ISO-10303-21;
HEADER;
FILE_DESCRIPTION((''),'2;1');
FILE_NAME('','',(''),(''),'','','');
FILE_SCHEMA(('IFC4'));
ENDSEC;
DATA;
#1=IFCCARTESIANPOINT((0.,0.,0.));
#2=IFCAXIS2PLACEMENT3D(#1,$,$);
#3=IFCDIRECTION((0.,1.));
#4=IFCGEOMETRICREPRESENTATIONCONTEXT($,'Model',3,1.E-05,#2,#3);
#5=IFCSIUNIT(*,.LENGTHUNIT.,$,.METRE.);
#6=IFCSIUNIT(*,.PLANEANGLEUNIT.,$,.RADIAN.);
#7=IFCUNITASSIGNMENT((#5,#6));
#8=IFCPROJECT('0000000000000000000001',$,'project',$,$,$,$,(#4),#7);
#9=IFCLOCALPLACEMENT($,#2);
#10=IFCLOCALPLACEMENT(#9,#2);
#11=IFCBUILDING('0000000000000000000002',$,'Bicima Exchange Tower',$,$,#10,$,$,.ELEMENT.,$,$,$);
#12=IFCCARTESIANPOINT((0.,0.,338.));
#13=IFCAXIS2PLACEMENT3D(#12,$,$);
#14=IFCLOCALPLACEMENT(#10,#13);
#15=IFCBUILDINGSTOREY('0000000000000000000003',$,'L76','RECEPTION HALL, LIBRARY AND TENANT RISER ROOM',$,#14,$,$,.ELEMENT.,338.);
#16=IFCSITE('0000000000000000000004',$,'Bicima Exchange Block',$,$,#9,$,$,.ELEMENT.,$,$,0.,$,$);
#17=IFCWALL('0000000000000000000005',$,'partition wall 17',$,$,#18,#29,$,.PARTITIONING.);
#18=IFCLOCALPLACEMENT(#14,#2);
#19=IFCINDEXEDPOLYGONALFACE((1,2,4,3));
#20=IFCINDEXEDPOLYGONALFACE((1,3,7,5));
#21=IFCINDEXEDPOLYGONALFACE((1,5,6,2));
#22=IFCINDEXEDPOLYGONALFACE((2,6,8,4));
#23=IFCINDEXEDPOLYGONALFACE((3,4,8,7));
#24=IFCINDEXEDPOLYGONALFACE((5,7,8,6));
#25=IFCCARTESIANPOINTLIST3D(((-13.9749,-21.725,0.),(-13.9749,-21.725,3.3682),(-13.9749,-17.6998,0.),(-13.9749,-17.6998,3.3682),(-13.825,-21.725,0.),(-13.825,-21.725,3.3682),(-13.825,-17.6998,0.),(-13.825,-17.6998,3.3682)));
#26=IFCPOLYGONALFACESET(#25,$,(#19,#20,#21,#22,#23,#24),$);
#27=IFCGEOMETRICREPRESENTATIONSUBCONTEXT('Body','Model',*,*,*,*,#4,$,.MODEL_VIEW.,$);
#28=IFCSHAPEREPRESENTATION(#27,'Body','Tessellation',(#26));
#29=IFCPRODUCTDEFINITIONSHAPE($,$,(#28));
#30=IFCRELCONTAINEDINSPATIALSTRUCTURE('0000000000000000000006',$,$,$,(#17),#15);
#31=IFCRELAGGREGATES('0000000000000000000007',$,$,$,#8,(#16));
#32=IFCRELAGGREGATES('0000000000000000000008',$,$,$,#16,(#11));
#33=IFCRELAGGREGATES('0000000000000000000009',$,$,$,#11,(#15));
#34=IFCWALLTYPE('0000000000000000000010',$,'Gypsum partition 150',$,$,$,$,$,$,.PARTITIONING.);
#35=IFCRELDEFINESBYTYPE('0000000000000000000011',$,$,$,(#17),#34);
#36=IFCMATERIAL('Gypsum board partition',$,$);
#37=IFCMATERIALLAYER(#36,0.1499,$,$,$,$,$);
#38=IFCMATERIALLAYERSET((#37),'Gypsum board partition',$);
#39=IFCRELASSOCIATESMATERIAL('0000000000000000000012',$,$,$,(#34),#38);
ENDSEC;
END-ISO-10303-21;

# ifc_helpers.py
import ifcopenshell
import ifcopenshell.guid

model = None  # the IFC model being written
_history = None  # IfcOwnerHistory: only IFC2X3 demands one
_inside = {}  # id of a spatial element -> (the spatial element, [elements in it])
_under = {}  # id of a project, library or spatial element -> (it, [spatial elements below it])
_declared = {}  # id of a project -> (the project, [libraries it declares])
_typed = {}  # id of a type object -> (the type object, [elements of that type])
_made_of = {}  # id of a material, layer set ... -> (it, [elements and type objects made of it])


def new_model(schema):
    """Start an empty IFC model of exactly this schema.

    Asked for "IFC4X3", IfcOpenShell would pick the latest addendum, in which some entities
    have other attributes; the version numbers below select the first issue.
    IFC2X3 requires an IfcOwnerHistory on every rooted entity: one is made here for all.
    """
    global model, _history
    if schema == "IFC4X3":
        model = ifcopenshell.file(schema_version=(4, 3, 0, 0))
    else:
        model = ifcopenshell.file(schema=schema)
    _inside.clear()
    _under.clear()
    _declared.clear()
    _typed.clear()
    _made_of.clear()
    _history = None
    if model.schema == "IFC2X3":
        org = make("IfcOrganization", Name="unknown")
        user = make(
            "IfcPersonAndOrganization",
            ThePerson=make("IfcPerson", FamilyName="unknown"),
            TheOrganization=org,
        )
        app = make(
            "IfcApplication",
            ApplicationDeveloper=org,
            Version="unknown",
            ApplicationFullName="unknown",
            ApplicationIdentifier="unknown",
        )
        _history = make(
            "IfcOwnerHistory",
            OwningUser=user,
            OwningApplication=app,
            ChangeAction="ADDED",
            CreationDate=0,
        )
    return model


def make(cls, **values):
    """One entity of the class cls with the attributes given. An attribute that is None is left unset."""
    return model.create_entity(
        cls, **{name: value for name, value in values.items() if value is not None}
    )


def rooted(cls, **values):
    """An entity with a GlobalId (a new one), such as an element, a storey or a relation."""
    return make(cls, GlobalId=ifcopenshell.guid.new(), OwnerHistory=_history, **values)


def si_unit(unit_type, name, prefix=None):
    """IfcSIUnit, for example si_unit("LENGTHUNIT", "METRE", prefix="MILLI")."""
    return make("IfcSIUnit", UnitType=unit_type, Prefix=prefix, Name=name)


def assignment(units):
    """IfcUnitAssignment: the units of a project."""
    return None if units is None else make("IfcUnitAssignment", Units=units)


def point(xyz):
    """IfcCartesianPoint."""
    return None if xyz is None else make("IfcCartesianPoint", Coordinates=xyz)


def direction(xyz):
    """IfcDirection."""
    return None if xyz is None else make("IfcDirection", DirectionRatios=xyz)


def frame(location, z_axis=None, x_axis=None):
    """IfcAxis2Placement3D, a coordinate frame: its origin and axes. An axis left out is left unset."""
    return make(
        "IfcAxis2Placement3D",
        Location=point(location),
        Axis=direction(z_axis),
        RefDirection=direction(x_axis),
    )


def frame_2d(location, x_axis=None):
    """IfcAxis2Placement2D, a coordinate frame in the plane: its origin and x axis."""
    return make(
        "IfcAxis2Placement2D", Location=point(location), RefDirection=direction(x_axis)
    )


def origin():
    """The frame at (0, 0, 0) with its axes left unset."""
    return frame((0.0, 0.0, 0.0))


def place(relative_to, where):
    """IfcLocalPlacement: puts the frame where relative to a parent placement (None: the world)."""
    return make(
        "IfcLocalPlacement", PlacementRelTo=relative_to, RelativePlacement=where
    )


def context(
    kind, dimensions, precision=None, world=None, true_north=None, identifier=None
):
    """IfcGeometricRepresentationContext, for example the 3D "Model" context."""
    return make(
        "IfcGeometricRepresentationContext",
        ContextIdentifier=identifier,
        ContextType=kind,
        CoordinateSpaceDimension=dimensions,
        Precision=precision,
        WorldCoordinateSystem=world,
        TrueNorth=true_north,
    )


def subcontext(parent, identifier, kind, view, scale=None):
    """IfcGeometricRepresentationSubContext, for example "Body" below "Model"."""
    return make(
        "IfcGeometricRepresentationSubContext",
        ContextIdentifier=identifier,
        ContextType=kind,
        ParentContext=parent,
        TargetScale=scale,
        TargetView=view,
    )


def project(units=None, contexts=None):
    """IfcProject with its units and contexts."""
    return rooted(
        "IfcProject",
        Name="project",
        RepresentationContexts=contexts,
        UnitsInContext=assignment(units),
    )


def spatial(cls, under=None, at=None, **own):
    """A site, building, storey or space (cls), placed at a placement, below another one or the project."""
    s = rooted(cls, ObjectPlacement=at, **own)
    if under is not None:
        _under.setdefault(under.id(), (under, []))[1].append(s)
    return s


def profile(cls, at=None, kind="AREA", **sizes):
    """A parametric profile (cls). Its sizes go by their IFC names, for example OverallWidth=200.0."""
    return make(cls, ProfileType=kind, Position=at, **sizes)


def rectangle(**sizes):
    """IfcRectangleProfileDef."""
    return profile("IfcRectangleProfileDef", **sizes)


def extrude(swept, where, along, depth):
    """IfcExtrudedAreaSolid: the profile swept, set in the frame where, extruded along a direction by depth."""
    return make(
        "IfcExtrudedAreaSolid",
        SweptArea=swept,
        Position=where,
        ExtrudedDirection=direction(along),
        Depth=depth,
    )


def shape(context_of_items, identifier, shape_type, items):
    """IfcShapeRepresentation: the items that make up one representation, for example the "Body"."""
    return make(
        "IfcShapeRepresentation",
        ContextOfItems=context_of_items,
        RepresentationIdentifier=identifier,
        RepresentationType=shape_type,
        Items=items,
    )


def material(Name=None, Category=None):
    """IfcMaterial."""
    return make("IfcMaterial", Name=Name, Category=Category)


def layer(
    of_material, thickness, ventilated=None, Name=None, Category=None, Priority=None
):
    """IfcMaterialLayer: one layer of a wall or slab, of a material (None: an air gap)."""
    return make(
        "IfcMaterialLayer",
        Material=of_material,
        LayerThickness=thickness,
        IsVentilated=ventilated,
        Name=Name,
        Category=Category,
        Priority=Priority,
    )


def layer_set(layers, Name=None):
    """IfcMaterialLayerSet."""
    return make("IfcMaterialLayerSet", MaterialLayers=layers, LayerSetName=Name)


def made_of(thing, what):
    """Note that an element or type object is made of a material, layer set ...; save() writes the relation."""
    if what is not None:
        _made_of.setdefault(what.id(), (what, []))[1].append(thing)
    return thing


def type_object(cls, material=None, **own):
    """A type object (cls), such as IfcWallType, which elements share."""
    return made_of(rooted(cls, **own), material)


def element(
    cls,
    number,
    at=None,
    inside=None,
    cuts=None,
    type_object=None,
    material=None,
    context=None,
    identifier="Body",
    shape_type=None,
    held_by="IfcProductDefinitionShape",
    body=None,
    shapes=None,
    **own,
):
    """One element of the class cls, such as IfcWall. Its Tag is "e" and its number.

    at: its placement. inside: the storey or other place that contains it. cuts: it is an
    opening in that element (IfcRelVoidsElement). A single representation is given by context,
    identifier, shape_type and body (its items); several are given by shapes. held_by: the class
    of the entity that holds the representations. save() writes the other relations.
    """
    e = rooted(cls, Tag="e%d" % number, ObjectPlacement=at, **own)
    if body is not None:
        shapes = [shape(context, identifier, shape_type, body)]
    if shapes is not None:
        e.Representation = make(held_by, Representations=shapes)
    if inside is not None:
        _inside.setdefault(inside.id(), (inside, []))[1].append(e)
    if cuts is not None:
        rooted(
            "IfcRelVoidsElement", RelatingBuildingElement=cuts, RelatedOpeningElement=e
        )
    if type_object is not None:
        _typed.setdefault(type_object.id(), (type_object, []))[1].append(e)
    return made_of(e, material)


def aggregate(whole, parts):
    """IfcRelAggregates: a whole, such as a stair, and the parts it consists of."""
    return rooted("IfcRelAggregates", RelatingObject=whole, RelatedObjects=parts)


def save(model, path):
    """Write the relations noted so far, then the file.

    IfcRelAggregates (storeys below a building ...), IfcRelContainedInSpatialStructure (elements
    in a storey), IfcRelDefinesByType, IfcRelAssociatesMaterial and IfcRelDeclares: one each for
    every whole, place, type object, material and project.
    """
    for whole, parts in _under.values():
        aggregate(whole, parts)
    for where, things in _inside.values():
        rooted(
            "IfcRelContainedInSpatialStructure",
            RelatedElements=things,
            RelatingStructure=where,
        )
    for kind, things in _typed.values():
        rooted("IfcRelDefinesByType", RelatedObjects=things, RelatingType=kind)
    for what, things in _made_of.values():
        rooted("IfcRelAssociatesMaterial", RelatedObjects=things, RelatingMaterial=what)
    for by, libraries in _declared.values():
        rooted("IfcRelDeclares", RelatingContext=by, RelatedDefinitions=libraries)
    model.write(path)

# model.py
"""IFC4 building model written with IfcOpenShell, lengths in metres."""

from ifc_helpers import new_model, si_unit, direction, frame, frame_2d, origin, place, context, subcontext, project, spatial, rectangle, extrude, material, layer, layer_set, type_object, element, save


model = new_model("IFC4")

# Units and contexts
model_context = context("Model", 3, precision=1e-05, world=origin(), true_north=direction((0.0, 1.0)))
body_context = subcontext(model_context, "Body", "Model", "MODEL_VIEW")
ifc_project = project(units=[si_unit("LENGTHUNIT", "METRE"), si_unit("PLANEANGLEUNIT", "RADIAN")], contexts=[model_context])

# Site, building, storey
site_placement = place(None, origin())
site = spatial("IfcSite", under=ifc_project, at=site_placement, Name="Bicima Exchange Block", CompositionType="ELEMENT", RefElevation=0.0)
building_placement = place(site_placement, origin())
building = spatial("IfcBuilding", under=site, at=building_placement, Name="Bicima Exchange Tower", CompositionType="ELEMENT")
storey_placement = place(building_placement, frame((0.0, 0.0, 338.0)))
storey = spatial("IfcBuildingStorey", under=building, at=storey_placement, Name="L76", Description="RECEPTION HALL, LIBRARY AND TENANT RISER ROOM", CompositionType="ELEMENT", Elevation=338.0)

# Shared definitions
ifc_material_1 = material(Name="Gypsum board partition")

# Wall
ifc_layer_1 = layer(ifc_material_1, 0.1499)
ifc_layer_set_1 = layer_set([ifc_layer_1], Name="Gypsum board partition")
wall_type_1 = type_object("IfcWallType", Name="Gypsum partition 150", PredefinedType="PARTITIONING", material=ifc_layer_set_1)
for number, where, z_axis, x_axis, name in (
    (1, (-13.8999, -21.7251, 0.0), (0.0, 0.0, 1.0), (0.0, 1.0, 0.0), "partition wall 17"),
):
    element("IfcWall", number, at=place(storey_placement, frame(where, z_axis=z_axis, x_axis=x_axis)), inside=storey, type_object=wall_type_1, Name=name, PredefinedType="PARTITIONING", context=body_context, shape_type="SweptSolid", body=[
        extrude(rectangle(XDim=4.0251, YDim=0.1499, at=frame_2d((2.0127, 0.0))), origin(), (0.0, 0.0, 1.0), 3.3682),
    ])

save(model, "model.ifc")
